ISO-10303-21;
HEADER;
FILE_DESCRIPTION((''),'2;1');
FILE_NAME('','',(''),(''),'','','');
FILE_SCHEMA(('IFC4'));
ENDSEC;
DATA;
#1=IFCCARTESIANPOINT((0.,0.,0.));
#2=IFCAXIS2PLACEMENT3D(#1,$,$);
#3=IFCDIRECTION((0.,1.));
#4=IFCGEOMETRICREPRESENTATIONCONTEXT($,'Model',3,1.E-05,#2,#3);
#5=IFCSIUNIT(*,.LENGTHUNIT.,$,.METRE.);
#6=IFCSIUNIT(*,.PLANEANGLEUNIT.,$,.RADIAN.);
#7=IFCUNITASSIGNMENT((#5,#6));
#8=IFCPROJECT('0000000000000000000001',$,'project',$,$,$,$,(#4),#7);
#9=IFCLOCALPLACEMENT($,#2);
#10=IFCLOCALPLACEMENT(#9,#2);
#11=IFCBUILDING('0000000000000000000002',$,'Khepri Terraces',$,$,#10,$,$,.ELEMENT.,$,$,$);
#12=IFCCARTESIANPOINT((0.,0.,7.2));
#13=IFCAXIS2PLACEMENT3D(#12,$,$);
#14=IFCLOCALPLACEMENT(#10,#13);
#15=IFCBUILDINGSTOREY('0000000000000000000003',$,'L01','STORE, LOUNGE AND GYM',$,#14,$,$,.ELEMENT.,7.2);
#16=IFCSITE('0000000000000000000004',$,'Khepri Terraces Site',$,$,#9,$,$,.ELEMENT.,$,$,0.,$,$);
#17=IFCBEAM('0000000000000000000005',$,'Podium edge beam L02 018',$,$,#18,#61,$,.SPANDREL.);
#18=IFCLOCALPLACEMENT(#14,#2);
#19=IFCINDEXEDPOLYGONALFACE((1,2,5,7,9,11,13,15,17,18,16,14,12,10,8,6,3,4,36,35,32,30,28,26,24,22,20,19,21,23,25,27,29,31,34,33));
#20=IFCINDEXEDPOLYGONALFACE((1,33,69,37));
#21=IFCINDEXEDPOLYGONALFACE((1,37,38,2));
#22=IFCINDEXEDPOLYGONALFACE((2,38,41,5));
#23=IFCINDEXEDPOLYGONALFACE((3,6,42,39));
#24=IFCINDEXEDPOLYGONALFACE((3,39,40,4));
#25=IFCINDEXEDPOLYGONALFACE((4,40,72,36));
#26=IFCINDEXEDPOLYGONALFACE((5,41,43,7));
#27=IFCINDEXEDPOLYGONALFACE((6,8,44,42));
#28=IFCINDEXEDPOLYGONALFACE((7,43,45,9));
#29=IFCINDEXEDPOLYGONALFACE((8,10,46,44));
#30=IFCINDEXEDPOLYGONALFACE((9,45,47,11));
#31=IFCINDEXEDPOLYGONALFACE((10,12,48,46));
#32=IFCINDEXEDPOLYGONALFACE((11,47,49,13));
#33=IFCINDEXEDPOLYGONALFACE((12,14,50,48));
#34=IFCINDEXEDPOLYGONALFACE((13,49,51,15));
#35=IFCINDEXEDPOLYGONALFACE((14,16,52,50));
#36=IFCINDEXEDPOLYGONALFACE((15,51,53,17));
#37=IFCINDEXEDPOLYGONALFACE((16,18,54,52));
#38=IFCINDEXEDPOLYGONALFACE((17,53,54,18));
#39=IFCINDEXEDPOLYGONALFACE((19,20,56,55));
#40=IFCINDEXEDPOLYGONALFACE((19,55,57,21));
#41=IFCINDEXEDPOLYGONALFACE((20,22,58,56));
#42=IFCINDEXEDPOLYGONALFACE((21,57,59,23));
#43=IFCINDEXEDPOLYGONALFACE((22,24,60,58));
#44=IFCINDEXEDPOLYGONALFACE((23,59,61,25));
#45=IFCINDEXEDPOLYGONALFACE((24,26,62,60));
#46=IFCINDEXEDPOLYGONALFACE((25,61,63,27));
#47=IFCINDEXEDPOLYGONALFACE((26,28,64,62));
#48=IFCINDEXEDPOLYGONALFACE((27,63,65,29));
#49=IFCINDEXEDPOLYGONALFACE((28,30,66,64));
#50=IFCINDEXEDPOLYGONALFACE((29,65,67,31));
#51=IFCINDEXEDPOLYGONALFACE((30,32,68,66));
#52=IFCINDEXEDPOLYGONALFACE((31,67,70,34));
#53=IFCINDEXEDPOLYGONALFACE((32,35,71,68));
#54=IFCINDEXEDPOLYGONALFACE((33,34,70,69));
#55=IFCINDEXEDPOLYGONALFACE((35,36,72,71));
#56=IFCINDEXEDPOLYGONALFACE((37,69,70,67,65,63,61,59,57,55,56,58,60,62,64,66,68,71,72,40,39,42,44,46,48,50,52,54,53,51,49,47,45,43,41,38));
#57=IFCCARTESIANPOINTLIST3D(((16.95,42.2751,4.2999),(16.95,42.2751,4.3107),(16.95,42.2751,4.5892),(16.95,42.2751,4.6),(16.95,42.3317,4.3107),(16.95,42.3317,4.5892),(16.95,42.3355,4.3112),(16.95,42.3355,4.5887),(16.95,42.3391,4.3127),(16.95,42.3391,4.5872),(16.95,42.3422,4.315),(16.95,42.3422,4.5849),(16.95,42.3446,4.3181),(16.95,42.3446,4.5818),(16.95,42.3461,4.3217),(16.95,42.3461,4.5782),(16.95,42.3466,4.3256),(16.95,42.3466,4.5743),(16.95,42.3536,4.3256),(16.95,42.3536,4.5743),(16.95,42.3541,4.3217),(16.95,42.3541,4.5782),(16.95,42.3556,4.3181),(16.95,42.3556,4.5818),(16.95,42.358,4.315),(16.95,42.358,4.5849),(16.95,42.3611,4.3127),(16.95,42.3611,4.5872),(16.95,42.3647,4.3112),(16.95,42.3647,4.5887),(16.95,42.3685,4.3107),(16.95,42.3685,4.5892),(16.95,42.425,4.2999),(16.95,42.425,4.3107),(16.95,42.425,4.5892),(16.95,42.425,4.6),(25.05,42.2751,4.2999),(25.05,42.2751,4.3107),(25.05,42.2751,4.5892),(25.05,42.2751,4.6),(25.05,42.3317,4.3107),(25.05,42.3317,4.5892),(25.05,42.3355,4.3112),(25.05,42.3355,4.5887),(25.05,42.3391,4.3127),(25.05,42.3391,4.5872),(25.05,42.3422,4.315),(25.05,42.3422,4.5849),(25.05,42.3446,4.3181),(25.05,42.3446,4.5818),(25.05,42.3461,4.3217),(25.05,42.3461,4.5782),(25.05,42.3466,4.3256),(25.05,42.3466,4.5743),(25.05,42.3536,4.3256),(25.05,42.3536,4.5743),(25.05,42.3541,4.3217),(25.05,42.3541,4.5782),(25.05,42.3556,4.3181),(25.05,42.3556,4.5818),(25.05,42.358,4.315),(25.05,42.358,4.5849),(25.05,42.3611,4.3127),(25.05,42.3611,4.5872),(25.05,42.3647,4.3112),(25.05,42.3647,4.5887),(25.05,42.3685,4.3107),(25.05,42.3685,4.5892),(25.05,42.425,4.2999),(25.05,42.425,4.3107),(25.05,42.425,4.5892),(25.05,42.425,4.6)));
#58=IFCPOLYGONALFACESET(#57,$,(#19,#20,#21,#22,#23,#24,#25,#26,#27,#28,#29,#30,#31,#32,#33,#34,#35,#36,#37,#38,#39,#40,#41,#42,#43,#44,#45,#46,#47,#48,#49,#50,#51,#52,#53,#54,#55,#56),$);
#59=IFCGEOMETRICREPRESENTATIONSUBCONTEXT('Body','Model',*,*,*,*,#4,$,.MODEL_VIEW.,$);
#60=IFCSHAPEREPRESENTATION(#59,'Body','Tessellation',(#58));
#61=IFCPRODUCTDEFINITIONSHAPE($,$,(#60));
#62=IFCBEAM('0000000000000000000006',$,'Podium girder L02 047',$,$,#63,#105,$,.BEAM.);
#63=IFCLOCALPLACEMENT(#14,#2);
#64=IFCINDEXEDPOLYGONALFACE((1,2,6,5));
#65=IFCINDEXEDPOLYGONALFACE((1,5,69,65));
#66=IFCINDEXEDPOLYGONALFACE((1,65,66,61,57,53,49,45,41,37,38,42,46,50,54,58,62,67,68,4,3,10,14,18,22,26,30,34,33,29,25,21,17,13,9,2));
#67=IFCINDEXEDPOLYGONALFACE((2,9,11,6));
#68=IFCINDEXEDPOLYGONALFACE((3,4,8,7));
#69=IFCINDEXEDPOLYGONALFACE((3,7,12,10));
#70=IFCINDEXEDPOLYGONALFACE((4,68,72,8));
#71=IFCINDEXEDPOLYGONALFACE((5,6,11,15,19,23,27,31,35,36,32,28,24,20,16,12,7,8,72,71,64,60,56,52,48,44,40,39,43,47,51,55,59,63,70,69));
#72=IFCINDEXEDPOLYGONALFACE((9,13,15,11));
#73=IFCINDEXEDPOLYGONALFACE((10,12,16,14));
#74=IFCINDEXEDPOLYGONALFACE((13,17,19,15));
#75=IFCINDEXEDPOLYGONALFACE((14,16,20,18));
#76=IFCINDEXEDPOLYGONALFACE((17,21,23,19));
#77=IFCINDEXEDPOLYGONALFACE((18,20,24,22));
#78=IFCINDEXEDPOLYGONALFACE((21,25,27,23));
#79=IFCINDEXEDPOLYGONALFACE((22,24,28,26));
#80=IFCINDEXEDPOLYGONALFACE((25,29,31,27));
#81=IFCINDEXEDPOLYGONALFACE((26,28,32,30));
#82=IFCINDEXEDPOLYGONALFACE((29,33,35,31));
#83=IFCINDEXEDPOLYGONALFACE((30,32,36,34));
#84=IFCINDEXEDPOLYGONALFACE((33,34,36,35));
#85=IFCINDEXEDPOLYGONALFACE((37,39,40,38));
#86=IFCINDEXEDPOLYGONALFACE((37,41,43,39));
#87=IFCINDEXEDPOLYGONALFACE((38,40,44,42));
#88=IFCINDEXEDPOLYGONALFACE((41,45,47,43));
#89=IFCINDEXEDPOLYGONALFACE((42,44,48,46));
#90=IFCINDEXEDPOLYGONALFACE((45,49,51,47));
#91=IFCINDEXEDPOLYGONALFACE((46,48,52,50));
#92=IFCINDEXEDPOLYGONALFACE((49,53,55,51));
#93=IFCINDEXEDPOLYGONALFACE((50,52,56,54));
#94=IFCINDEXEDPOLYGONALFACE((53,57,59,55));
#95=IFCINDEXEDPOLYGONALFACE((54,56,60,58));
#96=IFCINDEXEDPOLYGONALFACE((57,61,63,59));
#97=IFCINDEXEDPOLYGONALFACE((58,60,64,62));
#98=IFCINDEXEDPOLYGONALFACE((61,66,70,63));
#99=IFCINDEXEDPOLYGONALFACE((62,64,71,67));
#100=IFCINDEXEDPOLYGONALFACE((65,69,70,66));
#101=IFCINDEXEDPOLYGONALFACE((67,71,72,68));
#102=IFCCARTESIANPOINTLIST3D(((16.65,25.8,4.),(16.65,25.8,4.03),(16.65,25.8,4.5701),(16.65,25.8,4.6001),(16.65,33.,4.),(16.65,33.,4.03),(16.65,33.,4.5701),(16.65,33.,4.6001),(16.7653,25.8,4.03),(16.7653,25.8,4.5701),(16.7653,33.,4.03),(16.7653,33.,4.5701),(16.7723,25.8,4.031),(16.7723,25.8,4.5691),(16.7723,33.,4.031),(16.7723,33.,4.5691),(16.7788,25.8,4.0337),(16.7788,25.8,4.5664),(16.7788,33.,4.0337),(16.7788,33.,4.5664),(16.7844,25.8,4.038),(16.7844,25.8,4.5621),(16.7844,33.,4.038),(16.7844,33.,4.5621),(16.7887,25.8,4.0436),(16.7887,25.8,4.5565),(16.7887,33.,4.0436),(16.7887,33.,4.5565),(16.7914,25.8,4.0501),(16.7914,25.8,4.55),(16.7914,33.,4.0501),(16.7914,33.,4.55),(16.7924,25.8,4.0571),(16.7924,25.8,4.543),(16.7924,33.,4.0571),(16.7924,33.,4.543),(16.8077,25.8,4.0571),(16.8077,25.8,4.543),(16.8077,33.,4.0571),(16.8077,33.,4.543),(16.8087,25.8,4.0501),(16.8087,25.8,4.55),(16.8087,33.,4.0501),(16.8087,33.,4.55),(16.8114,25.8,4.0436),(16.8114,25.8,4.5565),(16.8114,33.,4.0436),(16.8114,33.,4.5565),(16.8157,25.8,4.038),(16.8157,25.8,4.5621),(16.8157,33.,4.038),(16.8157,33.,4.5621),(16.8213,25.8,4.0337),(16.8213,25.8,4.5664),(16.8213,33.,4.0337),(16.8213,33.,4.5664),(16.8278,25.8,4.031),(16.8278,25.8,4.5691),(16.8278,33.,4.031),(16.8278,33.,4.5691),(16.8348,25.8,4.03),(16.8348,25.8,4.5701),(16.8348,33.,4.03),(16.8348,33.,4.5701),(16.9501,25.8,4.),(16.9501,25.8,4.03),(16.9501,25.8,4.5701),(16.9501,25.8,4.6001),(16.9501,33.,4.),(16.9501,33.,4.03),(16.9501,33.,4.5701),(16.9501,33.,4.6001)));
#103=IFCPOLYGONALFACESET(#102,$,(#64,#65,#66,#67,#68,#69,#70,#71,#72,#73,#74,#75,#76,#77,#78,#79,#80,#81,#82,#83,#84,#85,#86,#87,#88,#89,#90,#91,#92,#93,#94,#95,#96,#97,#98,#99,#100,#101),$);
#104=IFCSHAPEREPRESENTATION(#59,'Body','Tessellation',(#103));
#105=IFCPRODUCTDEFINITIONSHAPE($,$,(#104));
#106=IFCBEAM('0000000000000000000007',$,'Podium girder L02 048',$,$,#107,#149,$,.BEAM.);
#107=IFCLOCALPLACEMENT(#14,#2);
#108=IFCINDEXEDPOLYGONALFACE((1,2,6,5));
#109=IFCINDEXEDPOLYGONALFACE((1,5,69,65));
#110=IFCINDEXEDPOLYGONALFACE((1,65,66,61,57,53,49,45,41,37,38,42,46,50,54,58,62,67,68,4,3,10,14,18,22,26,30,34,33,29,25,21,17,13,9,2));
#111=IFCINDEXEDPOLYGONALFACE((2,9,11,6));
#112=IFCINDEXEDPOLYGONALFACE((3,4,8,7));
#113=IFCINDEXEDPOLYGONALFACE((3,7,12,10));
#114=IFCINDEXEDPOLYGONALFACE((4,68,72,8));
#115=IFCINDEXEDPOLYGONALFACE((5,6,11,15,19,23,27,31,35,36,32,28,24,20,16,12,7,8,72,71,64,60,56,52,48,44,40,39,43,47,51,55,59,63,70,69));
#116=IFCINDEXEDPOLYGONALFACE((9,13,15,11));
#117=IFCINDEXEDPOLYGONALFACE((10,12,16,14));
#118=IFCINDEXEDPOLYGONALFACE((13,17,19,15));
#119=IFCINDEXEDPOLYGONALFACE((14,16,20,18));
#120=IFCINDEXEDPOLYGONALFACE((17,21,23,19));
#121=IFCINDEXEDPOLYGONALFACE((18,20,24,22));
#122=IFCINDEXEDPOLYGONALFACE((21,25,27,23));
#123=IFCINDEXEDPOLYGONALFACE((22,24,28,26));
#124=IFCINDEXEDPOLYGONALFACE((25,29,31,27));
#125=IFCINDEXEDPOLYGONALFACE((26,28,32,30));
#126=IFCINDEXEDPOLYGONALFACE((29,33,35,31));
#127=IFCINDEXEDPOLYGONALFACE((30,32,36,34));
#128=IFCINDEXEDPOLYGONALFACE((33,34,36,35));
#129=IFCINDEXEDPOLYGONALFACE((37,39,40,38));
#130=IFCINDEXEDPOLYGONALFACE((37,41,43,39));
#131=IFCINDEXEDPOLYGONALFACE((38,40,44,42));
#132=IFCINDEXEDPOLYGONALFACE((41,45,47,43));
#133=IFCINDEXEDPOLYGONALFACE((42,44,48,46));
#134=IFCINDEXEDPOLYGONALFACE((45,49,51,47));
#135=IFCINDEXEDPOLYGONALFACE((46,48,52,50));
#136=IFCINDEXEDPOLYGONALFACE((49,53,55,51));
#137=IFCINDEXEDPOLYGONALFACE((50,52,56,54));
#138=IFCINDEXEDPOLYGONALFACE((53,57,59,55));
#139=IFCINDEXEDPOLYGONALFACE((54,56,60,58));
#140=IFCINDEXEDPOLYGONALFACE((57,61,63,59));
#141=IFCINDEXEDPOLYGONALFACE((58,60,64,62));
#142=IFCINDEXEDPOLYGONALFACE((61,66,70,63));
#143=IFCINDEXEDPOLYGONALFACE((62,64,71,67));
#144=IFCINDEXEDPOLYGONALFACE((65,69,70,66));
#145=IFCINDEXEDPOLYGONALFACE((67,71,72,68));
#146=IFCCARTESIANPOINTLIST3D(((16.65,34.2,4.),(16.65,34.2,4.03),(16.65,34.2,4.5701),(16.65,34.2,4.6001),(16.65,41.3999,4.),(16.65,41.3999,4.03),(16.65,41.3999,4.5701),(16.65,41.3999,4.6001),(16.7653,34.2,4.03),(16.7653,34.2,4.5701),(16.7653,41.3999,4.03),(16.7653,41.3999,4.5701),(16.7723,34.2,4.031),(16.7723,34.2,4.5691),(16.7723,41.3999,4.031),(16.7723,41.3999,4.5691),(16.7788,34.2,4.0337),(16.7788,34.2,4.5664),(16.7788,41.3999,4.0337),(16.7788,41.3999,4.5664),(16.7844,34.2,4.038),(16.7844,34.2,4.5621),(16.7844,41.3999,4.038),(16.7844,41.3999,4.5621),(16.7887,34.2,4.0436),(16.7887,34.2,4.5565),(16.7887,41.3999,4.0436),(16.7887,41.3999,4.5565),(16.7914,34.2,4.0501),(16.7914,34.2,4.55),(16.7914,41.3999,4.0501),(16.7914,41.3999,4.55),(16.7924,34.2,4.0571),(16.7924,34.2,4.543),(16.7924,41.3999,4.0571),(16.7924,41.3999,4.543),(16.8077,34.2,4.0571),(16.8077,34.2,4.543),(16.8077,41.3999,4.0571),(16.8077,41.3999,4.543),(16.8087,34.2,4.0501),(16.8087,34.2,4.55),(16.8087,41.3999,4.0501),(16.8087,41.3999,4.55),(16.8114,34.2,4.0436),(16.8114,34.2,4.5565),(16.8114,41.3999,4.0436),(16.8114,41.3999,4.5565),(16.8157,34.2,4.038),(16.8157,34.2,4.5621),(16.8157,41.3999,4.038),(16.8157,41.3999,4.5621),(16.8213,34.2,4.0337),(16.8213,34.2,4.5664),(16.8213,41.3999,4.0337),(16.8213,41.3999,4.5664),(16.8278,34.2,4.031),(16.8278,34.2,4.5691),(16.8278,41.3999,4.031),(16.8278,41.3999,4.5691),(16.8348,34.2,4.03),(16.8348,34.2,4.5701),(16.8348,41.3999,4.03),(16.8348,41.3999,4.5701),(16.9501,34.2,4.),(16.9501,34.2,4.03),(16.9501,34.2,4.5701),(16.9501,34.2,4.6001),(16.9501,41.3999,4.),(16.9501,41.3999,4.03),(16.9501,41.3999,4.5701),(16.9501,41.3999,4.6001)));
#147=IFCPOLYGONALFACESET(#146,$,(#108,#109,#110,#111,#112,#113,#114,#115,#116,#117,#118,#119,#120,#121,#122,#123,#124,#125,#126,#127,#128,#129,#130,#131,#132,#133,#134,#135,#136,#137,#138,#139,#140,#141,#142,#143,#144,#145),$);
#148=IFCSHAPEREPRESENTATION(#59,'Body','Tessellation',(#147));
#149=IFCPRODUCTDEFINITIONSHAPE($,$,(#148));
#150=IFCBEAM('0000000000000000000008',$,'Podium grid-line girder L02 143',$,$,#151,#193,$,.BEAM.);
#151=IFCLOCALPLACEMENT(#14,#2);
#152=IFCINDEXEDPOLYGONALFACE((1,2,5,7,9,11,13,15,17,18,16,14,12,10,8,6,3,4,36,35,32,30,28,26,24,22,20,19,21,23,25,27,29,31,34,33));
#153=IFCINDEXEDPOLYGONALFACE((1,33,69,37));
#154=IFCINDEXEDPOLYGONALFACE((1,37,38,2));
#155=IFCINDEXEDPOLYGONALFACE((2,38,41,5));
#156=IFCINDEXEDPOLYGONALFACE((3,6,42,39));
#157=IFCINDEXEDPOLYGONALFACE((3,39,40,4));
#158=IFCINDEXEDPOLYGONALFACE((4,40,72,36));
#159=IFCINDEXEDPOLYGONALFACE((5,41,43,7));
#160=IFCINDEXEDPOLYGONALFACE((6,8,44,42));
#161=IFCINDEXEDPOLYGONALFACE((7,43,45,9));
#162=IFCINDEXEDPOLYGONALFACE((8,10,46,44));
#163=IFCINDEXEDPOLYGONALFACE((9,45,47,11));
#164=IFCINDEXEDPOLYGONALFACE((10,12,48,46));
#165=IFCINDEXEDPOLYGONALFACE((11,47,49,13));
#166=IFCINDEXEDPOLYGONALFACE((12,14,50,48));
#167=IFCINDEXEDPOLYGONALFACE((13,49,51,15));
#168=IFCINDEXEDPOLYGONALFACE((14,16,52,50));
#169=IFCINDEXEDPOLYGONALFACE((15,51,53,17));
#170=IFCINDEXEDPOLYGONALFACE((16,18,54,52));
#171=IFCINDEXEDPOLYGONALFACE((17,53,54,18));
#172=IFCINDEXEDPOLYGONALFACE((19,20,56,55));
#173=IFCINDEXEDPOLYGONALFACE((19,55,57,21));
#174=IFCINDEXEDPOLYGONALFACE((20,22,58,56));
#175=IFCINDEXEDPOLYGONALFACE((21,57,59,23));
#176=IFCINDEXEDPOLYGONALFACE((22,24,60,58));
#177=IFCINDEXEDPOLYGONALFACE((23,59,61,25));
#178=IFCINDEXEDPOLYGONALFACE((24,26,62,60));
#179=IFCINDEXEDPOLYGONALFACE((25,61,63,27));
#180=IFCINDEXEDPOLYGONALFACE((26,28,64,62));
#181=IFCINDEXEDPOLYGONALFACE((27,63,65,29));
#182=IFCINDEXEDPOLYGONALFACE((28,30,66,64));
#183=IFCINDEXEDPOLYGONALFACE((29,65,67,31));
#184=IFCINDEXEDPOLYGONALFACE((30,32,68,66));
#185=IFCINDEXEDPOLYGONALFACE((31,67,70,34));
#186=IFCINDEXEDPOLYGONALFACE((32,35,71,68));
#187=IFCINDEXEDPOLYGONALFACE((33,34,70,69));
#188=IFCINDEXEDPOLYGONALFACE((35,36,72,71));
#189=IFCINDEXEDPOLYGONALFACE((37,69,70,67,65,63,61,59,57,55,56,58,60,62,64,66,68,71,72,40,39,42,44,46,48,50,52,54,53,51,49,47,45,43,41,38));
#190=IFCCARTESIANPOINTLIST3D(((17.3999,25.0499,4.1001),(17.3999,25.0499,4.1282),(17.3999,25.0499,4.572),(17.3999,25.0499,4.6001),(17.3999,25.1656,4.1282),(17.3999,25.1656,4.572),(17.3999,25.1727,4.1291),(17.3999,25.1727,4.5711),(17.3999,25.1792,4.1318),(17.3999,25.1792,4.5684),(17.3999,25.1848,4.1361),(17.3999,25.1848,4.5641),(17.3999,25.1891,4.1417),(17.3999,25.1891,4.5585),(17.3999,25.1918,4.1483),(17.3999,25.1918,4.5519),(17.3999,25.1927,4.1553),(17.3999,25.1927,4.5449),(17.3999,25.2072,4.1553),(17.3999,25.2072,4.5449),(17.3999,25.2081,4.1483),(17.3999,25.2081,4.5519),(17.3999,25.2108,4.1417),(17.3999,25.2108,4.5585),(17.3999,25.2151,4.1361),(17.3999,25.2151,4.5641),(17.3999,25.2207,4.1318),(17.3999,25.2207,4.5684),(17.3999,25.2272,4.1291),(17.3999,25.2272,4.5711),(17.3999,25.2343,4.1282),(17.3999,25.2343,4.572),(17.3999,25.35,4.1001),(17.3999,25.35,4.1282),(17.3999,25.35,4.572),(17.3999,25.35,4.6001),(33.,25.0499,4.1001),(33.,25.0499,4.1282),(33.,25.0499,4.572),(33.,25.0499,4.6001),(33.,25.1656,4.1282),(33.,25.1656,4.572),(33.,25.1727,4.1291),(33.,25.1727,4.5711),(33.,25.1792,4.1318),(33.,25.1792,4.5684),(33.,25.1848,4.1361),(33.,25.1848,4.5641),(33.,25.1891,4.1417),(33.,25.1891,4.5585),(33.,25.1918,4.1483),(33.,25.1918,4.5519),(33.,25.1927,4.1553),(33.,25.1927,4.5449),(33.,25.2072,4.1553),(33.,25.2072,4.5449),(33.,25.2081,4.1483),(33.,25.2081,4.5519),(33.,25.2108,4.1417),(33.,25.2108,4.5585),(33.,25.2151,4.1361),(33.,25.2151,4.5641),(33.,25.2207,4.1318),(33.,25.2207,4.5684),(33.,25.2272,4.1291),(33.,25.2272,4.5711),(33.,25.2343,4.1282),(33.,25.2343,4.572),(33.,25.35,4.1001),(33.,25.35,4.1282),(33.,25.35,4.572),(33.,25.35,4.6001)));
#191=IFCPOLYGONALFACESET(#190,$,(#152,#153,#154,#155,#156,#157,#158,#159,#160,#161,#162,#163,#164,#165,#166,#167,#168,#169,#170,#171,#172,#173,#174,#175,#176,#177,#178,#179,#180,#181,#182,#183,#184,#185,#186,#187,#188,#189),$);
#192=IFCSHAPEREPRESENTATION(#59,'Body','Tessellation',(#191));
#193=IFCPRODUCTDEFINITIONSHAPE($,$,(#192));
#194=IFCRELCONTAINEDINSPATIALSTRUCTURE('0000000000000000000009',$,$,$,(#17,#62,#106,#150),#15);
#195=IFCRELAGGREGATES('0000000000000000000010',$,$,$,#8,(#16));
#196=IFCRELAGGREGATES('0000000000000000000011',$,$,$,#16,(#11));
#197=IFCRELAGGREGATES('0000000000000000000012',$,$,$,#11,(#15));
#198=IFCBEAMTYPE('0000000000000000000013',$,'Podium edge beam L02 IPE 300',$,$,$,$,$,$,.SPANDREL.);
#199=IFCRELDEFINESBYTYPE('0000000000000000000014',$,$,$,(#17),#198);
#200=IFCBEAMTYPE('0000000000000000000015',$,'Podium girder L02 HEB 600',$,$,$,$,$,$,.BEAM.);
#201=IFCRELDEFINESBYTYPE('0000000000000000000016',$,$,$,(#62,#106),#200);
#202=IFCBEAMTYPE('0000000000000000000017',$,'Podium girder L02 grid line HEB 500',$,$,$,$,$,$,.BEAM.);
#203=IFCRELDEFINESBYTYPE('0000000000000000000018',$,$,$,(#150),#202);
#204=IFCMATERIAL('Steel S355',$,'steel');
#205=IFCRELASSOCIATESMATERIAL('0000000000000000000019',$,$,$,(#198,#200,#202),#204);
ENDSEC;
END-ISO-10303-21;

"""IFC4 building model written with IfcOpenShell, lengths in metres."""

from ifc_helpers import new_model, si_unit, direction, frame, origin, origin_2d, place, context, subcontext, project, spatial, i_section, extrude, material, material_profile, profile_set, type_object, element, save


model = new_model("IFC4")

# Units and contexts
model_context = context("Model", 3, precision=1e-05, world=origin(), true_north=direction((0.0, 1.0)))
body_context = subcontext(model_context, "Body", "Model", "MODEL_VIEW")
ifc_project = project(units=[si_unit("LENGTHUNIT", "METRE"), si_unit("PLANEANGLEUNIT", "RADIAN")], contexts=[model_context])

# Site, building, storey
site_placement = place(None, origin())
site = spatial("IfcSite", under=ifc_project, at=site_placement, Name="Khepri Terraces Site", CompositionType="ELEMENT", RefElevation=0.0)
building_placement = place(site_placement, origin())
building = spatial("IfcBuilding", under=site, at=building_placement, Name="Khepri Terraces", CompositionType="ELEMENT")
storey_placement = place(building_placement, frame((0.0, 0.0, 7.2)))
storey = spatial("IfcBuildingStorey", under=building, at=storey_placement, Name="L01", Description="STORE, LOUNGE AND GYM", CompositionType="ELEMENT", Elevation=7.2)

# Beams
ifc_material_1 = material(Name="Steel S355", Category="steel")
ifc_material_profile_1 = material_profile(ifc_material_1, i_section(OverallWidth=0.1499, OverallDepth=0.3, WebThickness=0.0071, FlangeThickness=0.0107, FilletRadius=0.0149, at=origin_2d()), Name="Steel S355", Category="steel")
ifc_profile_set_1 = profile_set([ifc_material_profile_1], Name="Steel S355")
beam_type_1 = type_object("IfcBeamType", Name="Podium edge beam L02 IPE 300", PredefinedType="SPANDREL", material=ifc_profile_set_1)
beam_1_placement = place(storey_placement, frame((16.95, 42.3501, 4.45), z_axis=(1.0, 0.0, 0.0), x_axis=(0.0, 1.0, 0.0)))
element("IfcBeam", 1, at=beam_1_placement, inside=storey, type_object=beam_type_1, Name="Podium edge beam L02 018", PredefinedType="SPANDREL", context=body_context, shape_type="SweptSolid", body=[
    extrude(i_section(OverallWidth=0.1499, OverallDepth=0.3, WebThickness=0.0071, FlangeThickness=0.0107, FilletRadius=0.0149, at=origin_2d()), origin(), (0.0, 0.0, 1.0), 8.1001),
])
ifc_material_profile_2 = material_profile(ifc_material_1, i_section(OverallWidth=0.3, OverallDepth=0.6001, WebThickness=0.0154, FlangeThickness=0.03, FilletRadius=0.0271, at=origin_2d()), Name="Steel S355", Category="steel")
ifc_profile_set_2 = profile_set([ifc_material_profile_2], Name="Steel S355")
beam_type_2 = type_object("IfcBeamType", Name="Podium girder L02 HEB 600", PredefinedType="BEAM", material=ifc_profile_set_2)
for number, where, z_axis, x_axis, name in (
    (2, (16.8, 25.8, 4.3), (0.0, 1.0, 0.0), (-1.0, 0.0, 0.0), "Podium girder L02 047"),
    (3, (16.8, 34.2, 4.3), (0.0, 1.0, 0.0), (-1.0, 0.0, 0.0), "Podium girder L02 048"),
):
    element("IfcBeam", number, at=place(storey_placement, frame(where, z_axis=z_axis, x_axis=x_axis)), inside=storey, type_object=beam_type_2, Name=name, PredefinedType="BEAM", context=body_context, shape_type="SweptSolid", body=[
        extrude(i_section(OverallWidth=0.3, OverallDepth=0.6001, WebThickness=0.0154, FlangeThickness=0.03, FilletRadius=0.0271, at=origin_2d()), origin(), (0.0, 0.0, 1.0), 7.2),
    ])
ifc_material_profile_3 = material_profile(ifc_material_1, i_section(OverallWidth=0.3, OverallDepth=0.5, WebThickness=0.0144, FlangeThickness=0.0281, FilletRadius=0.0271, at=origin_2d()), Name="Steel S355", Category="steel")
ifc_profile_set_3 = profile_set([ifc_material_profile_3], Name="Steel S355")
beam_type_3 = type_object("IfcBeamType", Name="Podium girder L02 grid line HEB 500", PredefinedType="BEAM", material=ifc_profile_set_3)
beam_2_placement = place(storey_placement, frame((17.3999, 25.2, 4.3501), z_axis=(1.0, 0.0, 0.0), x_axis=(0.0, 1.0, 0.0)))
element("IfcBeam", 4, at=beam_2_placement, inside=storey, type_object=beam_type_3, Name="Podium grid-line girder L02 143", PredefinedType="BEAM", context=body_context, shape_type="SweptSolid", body=[
    extrude(i_section(OverallWidth=0.3, OverallDepth=0.5, WebThickness=0.0144, FlangeThickness=0.0281, FilletRadius=0.0271, at=origin_2d()), origin(), (0.0, 0.0, 1.0), 15.6001),
])

save(model, "model.ifc")
